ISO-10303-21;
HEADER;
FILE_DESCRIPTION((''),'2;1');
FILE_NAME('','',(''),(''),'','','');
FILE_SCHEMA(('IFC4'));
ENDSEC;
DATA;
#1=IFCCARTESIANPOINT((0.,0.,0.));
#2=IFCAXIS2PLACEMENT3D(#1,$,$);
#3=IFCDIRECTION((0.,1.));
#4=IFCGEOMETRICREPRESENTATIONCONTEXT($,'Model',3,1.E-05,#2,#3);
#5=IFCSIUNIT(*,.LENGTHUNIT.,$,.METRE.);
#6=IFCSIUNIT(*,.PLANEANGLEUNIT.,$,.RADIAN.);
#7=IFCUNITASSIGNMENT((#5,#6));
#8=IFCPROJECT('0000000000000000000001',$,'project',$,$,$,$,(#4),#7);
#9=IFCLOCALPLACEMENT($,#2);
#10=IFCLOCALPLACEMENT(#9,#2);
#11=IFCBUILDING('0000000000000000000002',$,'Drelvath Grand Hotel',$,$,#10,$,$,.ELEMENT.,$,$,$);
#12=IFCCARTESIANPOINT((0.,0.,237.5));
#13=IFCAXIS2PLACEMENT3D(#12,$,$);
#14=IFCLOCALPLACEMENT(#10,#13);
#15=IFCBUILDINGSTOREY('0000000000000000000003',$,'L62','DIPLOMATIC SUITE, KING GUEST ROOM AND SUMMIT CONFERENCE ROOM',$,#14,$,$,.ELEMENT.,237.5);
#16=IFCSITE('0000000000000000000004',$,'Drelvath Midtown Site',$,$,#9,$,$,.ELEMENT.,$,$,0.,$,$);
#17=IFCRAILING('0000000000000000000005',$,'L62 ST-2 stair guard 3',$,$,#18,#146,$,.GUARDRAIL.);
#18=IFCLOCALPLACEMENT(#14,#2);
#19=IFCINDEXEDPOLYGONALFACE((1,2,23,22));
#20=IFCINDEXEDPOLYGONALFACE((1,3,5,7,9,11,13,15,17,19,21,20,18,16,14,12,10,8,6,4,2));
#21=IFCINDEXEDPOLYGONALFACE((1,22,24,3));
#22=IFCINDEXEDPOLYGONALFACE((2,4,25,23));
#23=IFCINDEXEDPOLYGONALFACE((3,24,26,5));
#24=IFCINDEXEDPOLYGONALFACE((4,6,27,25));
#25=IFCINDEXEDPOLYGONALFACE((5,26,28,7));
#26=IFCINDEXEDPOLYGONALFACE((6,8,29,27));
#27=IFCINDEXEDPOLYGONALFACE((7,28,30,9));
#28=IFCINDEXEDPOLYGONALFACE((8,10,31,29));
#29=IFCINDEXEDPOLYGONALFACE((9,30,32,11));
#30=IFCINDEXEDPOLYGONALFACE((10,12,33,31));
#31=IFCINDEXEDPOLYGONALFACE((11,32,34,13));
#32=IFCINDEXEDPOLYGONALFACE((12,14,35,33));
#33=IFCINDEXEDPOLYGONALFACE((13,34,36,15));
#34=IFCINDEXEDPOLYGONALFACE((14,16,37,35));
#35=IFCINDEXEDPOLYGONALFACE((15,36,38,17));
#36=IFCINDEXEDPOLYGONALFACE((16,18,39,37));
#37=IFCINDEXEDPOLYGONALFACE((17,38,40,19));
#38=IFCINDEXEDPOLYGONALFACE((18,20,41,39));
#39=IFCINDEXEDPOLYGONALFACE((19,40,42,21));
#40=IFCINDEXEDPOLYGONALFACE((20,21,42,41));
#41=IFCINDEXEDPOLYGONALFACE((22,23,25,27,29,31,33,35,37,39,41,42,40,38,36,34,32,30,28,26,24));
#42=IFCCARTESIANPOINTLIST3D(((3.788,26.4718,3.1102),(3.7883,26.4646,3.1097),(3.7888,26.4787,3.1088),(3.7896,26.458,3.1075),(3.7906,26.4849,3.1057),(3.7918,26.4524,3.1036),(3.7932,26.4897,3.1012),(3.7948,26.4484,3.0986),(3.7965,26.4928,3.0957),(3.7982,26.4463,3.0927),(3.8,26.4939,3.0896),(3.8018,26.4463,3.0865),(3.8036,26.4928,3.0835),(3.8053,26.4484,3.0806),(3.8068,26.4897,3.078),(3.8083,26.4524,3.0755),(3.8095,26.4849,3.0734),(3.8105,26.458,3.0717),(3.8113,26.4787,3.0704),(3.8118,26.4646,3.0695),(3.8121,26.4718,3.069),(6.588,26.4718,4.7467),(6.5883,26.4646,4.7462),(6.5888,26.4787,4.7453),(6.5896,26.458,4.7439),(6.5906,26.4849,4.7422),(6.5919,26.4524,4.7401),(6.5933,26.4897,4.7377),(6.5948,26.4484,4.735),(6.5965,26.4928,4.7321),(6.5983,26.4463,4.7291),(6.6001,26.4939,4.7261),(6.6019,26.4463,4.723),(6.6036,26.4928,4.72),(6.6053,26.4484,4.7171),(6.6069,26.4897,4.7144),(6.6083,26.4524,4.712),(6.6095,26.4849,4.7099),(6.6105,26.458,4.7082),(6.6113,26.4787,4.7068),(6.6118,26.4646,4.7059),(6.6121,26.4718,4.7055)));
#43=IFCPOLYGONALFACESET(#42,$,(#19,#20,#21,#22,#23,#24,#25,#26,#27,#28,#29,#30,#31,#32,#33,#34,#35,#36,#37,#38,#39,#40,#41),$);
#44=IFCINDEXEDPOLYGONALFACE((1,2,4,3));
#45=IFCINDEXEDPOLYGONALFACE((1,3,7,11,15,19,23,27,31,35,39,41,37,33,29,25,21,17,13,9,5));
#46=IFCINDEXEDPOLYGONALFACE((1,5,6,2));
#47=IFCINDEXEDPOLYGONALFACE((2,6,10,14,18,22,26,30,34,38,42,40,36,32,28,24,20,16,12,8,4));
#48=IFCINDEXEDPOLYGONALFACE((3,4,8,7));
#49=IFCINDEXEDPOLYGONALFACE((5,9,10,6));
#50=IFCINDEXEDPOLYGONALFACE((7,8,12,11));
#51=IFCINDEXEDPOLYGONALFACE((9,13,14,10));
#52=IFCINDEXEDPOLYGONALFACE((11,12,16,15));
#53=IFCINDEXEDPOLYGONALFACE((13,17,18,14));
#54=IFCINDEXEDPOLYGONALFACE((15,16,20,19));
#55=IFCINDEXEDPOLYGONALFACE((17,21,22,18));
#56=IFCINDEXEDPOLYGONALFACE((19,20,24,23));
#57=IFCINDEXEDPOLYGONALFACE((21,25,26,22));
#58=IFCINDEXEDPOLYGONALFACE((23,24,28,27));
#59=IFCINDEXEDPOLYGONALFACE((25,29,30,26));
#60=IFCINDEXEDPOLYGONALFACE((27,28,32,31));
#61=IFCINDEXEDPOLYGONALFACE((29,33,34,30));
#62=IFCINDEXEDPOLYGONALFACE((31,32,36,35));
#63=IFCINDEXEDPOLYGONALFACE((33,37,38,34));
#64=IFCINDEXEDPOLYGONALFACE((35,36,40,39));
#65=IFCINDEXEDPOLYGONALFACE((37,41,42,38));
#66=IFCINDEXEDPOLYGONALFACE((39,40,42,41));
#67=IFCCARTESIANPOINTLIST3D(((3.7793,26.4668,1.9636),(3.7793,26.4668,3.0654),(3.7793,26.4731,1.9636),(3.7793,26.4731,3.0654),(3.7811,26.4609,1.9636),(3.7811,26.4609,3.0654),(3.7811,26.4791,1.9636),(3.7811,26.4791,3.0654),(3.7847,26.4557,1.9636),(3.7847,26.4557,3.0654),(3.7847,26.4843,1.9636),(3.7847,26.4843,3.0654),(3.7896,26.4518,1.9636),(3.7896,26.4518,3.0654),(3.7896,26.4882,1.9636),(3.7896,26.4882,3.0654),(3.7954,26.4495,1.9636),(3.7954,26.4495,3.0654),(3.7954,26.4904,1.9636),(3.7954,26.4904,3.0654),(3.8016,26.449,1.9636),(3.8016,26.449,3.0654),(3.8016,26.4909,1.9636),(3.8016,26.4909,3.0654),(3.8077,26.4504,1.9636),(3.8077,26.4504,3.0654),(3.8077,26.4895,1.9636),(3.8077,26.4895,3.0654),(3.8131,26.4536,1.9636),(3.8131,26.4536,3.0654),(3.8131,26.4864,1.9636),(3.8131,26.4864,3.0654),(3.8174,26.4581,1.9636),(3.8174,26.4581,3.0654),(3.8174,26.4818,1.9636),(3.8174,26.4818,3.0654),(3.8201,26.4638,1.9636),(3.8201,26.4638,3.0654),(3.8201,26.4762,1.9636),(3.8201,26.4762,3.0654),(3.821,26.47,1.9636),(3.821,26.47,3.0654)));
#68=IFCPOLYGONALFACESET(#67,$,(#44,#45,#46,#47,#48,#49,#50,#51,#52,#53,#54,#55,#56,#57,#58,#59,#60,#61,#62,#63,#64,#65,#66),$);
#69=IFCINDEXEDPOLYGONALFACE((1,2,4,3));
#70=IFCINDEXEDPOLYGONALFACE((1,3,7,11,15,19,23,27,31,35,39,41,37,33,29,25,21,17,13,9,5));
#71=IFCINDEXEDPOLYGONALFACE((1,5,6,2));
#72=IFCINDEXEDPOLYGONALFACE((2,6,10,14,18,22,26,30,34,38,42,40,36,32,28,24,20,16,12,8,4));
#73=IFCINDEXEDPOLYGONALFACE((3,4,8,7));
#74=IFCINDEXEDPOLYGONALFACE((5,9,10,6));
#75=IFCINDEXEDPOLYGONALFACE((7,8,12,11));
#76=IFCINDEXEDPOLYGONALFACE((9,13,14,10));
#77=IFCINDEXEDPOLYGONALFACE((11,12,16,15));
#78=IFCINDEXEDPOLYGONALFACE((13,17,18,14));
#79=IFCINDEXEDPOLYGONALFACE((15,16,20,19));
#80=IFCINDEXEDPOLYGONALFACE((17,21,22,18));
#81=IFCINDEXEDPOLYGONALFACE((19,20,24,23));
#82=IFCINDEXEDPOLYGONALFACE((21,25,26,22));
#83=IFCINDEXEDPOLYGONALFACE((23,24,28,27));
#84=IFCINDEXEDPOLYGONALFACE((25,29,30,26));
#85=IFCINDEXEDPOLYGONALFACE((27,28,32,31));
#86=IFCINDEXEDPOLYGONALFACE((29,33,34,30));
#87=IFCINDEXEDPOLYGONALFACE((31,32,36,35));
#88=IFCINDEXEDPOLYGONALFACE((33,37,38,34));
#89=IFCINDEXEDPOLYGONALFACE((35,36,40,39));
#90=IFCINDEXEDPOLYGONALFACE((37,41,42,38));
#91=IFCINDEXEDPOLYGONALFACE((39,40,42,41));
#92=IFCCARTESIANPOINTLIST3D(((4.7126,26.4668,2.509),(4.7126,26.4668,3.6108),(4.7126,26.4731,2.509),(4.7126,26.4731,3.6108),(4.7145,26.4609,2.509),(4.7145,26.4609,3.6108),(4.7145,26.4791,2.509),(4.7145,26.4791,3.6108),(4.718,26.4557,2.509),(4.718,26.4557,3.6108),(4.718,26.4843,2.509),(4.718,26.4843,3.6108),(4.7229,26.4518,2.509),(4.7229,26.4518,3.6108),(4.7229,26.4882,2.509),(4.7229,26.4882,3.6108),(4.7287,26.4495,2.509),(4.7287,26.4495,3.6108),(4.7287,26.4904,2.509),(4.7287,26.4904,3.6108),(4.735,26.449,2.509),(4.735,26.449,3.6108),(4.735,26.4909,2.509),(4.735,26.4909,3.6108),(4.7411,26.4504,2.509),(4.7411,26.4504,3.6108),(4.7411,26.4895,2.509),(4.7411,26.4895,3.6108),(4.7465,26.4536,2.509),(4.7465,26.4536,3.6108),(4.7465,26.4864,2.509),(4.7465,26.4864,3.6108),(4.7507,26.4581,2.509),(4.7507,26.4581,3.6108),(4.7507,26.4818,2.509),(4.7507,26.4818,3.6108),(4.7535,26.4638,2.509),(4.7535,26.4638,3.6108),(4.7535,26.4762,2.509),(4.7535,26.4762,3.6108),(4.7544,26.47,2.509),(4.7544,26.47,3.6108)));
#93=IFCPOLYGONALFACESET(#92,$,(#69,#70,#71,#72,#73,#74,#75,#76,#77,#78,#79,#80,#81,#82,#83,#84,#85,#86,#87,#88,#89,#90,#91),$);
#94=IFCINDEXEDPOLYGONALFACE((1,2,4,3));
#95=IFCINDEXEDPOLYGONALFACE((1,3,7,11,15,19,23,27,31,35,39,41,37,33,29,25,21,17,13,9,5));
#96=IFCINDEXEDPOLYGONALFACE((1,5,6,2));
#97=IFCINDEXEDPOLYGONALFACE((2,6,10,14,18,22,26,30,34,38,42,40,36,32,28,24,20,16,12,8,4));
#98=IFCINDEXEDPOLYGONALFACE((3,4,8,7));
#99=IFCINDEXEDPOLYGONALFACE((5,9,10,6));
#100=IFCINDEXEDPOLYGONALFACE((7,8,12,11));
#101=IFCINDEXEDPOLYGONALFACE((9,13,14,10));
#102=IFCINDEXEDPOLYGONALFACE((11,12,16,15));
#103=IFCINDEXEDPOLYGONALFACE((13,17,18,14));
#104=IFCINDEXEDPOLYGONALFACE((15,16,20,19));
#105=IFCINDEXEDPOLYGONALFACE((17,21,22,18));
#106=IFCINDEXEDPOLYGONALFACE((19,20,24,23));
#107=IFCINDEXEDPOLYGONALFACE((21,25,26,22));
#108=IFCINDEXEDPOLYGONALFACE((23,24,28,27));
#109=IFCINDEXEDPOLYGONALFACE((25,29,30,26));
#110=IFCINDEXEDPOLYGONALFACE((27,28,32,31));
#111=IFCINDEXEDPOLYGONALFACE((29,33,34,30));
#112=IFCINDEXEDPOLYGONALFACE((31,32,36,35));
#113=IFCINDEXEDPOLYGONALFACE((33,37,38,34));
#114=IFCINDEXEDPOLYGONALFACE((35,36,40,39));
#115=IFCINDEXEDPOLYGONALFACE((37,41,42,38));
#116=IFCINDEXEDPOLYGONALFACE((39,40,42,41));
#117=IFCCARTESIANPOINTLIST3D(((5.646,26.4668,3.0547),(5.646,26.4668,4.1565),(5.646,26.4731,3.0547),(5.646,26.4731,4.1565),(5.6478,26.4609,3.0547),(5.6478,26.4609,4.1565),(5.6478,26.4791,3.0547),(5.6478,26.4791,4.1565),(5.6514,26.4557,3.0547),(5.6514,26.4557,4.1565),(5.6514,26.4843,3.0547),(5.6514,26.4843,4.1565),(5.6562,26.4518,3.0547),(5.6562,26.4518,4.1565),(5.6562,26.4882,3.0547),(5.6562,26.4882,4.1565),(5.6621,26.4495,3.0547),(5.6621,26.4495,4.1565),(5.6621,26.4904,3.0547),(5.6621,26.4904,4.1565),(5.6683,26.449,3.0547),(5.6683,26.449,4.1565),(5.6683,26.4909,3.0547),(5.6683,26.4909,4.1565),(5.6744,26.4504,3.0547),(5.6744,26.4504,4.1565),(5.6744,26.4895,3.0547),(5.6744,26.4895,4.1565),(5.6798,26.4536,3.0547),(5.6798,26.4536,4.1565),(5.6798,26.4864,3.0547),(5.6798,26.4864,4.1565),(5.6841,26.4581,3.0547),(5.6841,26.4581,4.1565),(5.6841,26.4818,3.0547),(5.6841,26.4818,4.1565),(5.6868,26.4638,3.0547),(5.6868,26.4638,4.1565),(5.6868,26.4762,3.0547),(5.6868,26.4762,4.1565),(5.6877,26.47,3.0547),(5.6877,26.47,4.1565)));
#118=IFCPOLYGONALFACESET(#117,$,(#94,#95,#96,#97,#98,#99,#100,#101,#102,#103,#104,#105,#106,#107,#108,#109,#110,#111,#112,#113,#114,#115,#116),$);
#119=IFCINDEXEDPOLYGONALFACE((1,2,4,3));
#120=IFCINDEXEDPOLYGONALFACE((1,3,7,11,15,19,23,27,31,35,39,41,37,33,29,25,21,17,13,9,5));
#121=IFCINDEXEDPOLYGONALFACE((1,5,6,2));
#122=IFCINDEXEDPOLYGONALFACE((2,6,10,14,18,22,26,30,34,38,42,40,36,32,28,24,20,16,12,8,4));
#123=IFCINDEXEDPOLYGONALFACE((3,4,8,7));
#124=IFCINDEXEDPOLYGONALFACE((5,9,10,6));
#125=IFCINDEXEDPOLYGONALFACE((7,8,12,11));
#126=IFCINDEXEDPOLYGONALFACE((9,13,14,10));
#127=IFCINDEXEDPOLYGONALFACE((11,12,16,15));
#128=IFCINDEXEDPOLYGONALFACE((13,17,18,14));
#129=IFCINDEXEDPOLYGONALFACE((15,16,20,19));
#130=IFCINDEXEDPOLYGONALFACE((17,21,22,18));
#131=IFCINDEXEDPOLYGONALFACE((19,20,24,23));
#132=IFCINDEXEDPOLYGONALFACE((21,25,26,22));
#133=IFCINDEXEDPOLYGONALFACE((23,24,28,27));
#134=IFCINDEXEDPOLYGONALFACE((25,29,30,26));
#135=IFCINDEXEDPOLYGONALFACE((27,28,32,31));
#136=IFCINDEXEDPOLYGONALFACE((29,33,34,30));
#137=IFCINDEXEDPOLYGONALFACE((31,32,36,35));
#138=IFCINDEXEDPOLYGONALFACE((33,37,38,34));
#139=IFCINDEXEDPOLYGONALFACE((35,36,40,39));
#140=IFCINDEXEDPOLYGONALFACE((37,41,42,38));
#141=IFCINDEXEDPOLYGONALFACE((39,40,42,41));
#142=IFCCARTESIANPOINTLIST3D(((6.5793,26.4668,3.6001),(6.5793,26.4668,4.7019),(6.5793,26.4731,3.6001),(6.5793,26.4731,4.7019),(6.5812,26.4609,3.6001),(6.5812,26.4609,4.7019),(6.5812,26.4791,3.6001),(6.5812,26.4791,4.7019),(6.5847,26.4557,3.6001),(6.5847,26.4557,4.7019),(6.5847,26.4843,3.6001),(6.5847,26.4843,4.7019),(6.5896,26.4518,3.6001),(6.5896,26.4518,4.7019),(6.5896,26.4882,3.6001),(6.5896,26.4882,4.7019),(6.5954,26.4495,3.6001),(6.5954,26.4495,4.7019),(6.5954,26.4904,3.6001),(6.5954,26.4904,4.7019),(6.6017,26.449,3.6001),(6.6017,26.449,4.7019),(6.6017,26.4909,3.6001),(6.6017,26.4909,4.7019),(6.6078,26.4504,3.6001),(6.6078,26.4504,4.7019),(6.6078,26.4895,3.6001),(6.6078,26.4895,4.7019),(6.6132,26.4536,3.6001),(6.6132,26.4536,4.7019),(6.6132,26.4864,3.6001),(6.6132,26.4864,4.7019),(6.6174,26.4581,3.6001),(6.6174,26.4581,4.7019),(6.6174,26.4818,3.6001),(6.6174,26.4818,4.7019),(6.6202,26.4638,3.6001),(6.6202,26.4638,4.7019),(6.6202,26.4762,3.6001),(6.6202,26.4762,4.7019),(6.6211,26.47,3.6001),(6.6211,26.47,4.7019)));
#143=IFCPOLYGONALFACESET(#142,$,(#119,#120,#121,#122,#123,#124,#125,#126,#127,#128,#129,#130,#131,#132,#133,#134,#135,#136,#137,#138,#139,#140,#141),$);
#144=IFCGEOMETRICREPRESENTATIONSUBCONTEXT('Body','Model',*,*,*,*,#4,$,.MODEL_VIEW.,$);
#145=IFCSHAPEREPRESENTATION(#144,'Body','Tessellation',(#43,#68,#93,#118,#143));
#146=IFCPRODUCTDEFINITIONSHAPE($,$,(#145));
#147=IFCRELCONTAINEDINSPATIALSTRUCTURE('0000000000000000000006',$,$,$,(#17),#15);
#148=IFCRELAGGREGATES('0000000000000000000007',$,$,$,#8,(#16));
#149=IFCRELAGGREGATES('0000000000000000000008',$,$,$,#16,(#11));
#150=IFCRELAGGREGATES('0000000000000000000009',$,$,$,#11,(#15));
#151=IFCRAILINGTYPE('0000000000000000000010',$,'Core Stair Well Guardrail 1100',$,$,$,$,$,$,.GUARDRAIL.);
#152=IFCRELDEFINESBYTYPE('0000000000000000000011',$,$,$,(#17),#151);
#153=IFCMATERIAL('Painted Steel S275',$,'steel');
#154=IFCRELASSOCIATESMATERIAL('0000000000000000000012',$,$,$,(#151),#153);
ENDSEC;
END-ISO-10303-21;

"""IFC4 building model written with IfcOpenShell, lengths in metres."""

from ifc_helpers import new_model, si_unit, direction, frame, origin, origin_2d, place, context, subcontext, project, spatial, circle, extrude, material, type_object, element, save


model = new_model("IFC4")

# Units and contexts
model_context = context("Model", 3, precision=1e-05, world=origin(), true_north=direction((0.0, 1.0)))
body_context = subcontext(model_context, "Body", "Model", "MODEL_VIEW")
ifc_project = project(units=[si_unit("LENGTHUNIT", "METRE"), si_unit("PLANEANGLEUNIT", "RADIAN")], contexts=[model_context])

# Site, building, storey
site_placement = place(None, origin())
site = spatial("IfcSite", under=ifc_project, at=site_placement, Name="Drelvath Midtown Site", CompositionType="ELEMENT", RefElevation=0.0)
building_placement = place(site_placement, origin())
building = spatial("IfcBuilding", under=site, at=building_placement, Name="Drelvath Grand Hotel", CompositionType="ELEMENT")
storey_placement = place(building_placement, frame((0.0, 0.0, 237.5)))
storey = spatial("IfcBuildingStorey", under=building, at=storey_placement, Name="L62", Description="DIPLOMATIC SUITE, KING GUEST ROOM AND SUMMIT CONFERENCE ROOM", CompositionType="ELEMENT", Elevation=237.5)

# Railing
ifc_material_1 = material(Name="Painted Steel S275", Category="steel")
railing_type_1 = type_object("IfcRailingType", Name="Core Stair Well Guardrail 1100", PredefinedType="GUARDRAIL", material=ifc_material_1)
railing_1_placement = place(storey_placement, frame((3.8, 26.47, 1.9636)))
element("IfcRailing", 1, at=railing_1_placement, inside=storey, type_object=railing_type_1, Name="L62 ST-2 stair guard 3", PredefinedType="GUARDRAIL", context=body_context, shape_type="SweptSolid", body=[
    extrude(circle(Radius=0.0239, at=origin_2d()), frame((0.0, 0.0, 1.126), z_axis=(0.863361, 0.0, 0.504587), x_axis=(0.0, 1.0, 0.0)), (0.0, 0.0, 1.0), 3.2432),
    extrude(circle(Radius=0.021, at=origin_2d()), origin(), (0.0, 0.0, 1.0), 1.1018),
    extrude(circle(Radius=0.021, at=origin_2d()), frame((0.9333, 0.0, 0.5454)), (0.0, 0.0, 1.0), 1.1018),
    extrude(circle(Radius=0.021, at=origin_2d()), frame((1.8667, 0.0, 1.0911)), (0.0, 0.0, 1.0), 1.1018),
    extrude(circle(Radius=0.021, at=origin_2d()), frame((2.8, 0.0, 1.6365)), (0.0, 0.0, 1.0), 1.1018),
])

save(model, "model.ifc")
